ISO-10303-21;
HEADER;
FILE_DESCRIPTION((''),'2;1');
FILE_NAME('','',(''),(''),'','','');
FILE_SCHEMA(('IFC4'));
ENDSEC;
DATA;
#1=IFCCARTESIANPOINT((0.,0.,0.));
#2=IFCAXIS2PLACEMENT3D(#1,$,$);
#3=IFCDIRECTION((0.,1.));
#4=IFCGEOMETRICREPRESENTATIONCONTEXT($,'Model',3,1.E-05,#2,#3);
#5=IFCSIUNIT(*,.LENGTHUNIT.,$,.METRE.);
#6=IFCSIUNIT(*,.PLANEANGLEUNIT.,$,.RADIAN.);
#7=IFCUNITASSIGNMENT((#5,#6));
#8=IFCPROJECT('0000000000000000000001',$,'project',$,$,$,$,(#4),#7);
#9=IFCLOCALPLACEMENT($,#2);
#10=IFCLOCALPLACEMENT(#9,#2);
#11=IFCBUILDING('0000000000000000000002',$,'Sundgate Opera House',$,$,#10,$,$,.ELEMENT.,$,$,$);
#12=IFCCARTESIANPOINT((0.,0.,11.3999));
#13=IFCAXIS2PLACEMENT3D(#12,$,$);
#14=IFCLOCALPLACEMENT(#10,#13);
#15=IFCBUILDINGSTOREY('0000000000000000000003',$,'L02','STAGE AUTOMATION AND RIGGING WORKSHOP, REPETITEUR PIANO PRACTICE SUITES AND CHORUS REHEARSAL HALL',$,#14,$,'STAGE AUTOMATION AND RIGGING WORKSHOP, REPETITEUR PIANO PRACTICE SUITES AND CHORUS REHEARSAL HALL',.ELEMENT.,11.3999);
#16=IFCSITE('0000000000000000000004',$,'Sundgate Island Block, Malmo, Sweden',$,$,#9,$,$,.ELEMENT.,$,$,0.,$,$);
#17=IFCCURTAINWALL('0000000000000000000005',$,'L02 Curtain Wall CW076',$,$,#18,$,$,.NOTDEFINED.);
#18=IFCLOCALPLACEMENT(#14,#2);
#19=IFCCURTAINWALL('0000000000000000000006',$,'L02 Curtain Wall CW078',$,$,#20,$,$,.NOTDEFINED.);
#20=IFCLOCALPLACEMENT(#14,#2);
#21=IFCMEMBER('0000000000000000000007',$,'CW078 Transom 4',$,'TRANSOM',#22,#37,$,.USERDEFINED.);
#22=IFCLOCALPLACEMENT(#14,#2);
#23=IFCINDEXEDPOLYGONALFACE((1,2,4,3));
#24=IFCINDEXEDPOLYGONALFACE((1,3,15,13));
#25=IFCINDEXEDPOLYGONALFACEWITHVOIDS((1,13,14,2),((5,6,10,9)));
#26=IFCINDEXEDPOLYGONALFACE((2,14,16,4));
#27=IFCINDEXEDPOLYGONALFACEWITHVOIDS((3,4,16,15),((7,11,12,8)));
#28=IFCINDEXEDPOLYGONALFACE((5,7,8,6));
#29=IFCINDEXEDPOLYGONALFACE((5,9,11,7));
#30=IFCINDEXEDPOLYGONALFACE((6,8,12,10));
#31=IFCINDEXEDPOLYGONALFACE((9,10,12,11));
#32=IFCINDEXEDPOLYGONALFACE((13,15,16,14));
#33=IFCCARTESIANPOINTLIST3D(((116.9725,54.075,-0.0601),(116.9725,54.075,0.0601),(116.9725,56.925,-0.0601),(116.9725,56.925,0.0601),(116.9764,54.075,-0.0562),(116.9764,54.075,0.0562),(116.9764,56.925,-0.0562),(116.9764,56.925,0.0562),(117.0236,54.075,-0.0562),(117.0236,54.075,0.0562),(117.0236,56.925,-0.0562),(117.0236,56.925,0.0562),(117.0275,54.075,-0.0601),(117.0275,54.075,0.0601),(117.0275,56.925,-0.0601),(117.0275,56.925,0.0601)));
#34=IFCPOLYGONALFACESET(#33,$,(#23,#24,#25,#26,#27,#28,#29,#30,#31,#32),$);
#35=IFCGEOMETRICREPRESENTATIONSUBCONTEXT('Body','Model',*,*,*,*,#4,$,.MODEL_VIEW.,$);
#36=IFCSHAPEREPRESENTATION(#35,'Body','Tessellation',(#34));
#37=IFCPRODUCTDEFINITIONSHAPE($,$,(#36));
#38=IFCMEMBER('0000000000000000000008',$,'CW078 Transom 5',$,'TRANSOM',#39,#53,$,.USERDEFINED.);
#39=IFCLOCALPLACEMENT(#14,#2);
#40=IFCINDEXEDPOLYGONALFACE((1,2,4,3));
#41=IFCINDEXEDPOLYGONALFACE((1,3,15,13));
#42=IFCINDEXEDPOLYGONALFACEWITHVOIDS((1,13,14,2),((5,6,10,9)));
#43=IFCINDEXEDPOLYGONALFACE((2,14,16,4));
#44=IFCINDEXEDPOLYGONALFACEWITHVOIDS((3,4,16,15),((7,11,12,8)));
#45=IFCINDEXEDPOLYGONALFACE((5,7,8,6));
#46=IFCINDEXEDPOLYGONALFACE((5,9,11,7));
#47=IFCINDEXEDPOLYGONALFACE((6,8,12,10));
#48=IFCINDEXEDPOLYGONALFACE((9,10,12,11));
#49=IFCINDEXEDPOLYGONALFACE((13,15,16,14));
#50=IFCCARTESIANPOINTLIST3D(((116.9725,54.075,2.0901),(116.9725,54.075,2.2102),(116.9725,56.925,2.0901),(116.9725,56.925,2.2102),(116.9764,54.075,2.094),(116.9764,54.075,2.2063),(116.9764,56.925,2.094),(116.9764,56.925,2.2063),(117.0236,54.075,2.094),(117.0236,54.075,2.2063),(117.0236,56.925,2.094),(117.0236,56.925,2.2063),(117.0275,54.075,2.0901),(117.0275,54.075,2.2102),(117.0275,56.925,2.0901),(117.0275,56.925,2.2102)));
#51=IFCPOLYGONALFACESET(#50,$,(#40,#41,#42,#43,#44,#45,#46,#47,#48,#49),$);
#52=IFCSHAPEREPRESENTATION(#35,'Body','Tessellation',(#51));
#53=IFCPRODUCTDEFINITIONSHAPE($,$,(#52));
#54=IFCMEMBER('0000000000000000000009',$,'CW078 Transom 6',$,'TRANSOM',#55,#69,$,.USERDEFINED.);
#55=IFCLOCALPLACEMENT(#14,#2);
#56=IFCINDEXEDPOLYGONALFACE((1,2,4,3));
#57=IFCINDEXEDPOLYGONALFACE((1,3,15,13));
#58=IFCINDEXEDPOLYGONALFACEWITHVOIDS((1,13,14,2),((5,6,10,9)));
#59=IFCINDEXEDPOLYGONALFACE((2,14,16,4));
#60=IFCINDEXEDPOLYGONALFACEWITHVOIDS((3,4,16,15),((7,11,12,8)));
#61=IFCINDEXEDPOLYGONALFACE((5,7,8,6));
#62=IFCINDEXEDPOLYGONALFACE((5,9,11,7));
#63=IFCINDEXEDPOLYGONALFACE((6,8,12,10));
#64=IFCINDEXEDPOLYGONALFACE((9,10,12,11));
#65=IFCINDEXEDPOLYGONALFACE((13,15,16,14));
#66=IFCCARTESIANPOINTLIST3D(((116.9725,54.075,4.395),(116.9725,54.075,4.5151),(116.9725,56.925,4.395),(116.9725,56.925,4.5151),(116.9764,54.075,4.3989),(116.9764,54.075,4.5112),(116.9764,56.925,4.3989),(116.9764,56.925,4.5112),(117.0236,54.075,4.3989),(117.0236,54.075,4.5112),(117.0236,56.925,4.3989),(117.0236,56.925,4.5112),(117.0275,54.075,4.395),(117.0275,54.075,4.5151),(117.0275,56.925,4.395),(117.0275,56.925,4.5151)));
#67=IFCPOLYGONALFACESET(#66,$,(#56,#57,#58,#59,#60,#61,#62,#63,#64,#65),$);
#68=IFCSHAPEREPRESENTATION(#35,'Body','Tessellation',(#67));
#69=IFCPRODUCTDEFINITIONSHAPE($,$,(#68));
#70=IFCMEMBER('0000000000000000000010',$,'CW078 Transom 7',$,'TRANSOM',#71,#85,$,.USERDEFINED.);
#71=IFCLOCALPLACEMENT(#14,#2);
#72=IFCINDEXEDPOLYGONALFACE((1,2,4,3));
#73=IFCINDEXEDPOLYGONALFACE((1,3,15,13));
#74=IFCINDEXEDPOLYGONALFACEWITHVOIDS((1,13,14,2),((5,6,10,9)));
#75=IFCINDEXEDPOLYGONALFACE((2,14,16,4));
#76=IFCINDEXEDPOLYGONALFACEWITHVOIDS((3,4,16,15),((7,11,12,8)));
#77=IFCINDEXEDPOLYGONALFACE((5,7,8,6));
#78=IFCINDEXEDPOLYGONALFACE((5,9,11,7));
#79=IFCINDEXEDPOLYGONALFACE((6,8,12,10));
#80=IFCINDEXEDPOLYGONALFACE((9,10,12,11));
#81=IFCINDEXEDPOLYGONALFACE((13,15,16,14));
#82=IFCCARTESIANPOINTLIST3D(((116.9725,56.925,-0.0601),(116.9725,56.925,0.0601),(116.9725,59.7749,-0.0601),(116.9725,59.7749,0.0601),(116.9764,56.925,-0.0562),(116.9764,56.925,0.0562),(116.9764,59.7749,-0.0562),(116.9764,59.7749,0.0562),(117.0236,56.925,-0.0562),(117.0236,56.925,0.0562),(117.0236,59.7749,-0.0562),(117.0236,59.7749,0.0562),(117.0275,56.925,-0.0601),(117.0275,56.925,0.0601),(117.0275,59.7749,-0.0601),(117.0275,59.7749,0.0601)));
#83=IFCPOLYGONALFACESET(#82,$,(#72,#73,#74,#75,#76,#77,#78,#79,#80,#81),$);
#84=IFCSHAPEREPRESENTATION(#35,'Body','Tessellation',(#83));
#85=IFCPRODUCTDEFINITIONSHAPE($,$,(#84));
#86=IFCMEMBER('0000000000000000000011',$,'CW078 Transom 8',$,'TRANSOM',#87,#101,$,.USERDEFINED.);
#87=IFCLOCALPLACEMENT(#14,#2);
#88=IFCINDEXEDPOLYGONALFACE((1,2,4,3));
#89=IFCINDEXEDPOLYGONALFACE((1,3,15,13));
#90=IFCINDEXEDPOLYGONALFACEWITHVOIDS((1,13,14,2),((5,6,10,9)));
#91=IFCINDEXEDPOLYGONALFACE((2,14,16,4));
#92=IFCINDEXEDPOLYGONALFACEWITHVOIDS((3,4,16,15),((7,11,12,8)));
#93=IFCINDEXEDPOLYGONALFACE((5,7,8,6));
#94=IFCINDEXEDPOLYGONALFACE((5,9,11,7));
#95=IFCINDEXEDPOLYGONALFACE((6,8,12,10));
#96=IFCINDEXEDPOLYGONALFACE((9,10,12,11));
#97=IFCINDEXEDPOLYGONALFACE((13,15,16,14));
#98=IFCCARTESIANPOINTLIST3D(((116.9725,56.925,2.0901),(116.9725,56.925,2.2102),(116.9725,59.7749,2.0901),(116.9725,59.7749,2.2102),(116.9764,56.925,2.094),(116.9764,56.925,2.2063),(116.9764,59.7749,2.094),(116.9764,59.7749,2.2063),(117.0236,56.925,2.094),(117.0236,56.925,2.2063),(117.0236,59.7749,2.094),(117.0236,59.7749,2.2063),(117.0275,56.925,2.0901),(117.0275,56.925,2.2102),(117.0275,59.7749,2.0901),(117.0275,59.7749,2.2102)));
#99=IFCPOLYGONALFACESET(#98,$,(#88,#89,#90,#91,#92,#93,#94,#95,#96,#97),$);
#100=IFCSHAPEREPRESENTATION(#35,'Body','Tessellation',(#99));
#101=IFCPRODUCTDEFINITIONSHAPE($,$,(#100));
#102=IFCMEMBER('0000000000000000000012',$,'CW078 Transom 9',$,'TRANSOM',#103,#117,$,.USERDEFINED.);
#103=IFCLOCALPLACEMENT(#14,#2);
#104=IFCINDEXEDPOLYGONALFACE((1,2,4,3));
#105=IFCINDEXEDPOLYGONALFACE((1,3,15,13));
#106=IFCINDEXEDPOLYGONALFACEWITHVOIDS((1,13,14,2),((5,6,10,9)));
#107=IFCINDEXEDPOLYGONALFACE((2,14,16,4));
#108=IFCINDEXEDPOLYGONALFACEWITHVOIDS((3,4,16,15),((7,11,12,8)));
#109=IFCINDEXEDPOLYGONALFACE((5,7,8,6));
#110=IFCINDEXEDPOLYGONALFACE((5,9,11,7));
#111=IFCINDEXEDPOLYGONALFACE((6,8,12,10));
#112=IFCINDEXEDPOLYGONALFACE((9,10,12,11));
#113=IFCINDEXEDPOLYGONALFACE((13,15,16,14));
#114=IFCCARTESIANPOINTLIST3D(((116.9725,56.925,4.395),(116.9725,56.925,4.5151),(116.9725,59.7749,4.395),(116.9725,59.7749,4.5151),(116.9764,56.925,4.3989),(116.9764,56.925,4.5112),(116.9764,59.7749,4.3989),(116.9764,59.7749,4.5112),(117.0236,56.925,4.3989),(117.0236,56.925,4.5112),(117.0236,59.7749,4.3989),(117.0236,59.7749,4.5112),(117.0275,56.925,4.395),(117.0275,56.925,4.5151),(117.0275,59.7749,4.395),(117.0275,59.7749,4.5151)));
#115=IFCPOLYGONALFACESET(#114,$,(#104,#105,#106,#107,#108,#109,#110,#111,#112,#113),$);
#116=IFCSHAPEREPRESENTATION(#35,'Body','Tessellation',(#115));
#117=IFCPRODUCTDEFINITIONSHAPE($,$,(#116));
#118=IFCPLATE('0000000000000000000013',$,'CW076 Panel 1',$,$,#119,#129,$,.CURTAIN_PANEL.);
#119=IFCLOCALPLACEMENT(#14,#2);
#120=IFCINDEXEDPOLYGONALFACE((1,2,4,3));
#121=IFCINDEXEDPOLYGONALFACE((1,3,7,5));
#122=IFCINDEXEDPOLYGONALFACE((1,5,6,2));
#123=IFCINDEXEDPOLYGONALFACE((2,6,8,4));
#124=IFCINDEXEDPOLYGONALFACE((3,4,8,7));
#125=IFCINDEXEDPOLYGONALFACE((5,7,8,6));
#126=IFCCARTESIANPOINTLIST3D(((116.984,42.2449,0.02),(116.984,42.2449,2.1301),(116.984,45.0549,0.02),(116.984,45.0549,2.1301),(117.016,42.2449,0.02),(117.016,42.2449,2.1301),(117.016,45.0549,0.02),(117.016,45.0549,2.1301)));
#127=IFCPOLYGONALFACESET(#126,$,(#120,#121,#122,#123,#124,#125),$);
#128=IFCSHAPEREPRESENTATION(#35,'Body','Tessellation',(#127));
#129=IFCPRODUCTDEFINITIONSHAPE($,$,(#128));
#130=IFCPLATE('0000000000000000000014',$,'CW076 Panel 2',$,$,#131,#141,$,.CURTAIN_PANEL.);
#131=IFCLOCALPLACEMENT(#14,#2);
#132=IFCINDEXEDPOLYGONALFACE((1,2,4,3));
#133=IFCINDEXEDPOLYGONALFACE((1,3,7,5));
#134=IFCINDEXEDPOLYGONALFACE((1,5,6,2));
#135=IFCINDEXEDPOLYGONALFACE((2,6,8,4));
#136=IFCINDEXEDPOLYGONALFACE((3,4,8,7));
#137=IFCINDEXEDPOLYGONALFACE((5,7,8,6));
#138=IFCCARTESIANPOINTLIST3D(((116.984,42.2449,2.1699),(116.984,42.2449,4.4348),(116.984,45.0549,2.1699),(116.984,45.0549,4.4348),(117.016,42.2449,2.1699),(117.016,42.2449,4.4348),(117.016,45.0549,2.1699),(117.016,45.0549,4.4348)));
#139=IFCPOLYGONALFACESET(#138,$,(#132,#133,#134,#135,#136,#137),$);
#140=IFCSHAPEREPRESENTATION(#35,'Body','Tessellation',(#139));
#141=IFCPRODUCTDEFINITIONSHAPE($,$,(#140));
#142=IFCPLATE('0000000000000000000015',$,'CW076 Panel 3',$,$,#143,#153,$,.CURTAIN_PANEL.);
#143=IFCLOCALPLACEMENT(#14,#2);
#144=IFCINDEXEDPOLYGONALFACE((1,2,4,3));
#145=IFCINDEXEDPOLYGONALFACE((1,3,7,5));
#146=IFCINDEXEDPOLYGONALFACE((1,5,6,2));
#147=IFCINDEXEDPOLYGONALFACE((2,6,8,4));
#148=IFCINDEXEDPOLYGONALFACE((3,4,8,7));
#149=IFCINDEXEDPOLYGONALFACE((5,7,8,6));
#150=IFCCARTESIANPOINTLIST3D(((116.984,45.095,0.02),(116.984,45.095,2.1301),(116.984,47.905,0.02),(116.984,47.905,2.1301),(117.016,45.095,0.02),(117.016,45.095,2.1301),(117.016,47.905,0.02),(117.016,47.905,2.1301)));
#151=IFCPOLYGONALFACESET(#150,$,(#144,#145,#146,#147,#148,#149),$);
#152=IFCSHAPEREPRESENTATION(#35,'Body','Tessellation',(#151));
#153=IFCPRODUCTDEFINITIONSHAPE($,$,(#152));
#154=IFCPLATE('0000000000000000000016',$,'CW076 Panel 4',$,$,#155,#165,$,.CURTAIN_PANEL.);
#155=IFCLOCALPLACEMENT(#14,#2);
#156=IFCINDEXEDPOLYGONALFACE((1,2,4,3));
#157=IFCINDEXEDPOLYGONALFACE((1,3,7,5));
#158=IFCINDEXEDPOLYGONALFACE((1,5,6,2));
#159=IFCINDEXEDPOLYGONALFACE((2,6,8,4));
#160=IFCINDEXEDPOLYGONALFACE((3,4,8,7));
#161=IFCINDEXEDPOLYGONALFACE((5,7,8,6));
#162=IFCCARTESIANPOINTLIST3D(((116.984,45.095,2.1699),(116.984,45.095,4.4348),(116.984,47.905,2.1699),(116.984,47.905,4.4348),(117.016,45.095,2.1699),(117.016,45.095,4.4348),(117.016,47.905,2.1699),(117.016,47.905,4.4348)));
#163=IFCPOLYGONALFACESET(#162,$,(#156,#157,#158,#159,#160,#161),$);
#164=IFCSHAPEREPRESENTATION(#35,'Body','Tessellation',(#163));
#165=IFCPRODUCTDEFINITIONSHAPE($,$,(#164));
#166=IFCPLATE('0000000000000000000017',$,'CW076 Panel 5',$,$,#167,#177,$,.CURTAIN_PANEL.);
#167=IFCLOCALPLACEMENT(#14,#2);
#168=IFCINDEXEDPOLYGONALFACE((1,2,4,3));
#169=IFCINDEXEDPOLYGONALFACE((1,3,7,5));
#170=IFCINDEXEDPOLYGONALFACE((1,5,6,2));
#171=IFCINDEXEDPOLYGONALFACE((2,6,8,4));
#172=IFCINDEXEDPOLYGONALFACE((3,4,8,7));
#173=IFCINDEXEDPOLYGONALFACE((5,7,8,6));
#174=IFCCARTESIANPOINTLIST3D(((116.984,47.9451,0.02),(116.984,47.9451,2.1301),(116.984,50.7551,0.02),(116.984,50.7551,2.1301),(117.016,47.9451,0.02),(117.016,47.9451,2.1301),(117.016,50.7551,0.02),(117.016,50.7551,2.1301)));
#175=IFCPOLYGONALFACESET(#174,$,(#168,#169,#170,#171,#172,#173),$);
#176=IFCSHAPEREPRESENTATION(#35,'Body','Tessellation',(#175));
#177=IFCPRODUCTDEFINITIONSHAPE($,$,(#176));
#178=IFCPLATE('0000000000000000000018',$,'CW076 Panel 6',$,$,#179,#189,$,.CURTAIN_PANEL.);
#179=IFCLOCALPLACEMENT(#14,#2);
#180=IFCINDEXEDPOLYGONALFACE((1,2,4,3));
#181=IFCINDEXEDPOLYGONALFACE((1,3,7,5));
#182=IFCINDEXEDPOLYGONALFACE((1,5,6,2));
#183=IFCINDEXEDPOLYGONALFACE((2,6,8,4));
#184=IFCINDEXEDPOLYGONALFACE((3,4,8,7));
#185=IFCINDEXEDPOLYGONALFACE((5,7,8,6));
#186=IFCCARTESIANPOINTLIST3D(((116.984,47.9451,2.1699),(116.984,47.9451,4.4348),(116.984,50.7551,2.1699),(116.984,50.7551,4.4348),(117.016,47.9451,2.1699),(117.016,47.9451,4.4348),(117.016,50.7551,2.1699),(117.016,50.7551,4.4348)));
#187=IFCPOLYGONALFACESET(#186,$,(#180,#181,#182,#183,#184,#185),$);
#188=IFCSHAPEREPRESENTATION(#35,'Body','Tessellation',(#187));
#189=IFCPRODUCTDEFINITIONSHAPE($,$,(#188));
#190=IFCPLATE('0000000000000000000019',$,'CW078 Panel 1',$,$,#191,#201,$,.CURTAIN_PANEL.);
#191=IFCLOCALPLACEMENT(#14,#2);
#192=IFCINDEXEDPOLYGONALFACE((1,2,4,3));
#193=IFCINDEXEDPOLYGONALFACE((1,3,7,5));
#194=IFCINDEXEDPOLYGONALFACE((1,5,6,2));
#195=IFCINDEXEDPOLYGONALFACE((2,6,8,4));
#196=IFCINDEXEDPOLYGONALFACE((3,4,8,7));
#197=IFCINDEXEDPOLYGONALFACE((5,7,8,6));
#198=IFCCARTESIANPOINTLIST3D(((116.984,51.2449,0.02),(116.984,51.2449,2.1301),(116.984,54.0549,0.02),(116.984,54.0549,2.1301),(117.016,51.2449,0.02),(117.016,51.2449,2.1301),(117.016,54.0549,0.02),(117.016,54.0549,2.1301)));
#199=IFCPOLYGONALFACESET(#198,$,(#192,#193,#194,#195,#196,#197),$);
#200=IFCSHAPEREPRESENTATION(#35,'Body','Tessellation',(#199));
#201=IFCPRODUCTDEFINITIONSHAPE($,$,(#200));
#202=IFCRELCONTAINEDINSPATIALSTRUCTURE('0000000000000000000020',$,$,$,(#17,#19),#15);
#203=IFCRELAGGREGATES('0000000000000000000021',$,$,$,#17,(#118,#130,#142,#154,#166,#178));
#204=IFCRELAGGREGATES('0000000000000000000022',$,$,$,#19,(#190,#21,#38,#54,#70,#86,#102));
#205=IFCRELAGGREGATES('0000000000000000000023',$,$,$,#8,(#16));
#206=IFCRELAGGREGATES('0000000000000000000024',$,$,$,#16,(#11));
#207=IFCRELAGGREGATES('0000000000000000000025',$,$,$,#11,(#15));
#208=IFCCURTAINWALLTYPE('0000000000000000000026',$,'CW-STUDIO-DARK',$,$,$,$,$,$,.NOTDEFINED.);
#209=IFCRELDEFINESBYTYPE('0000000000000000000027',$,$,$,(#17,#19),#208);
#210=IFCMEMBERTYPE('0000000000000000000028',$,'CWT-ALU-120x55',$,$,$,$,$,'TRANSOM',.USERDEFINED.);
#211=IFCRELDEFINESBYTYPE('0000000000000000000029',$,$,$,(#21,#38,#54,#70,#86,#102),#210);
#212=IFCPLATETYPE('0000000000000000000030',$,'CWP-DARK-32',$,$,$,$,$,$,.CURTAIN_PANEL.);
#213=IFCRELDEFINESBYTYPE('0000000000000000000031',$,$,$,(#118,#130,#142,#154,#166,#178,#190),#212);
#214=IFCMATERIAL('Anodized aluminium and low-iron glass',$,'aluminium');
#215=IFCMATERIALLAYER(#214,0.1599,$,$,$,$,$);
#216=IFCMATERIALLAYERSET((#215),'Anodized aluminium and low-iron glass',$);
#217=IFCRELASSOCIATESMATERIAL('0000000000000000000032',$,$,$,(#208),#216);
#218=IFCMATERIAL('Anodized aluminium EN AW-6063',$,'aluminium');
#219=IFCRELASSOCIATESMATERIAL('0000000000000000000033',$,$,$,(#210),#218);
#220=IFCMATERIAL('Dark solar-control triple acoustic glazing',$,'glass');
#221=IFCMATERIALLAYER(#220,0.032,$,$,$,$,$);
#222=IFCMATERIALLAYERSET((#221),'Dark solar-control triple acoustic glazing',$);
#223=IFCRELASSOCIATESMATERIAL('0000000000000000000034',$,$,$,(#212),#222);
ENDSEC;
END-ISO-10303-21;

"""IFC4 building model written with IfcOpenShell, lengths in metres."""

from ifc_helpers import new_model, si_unit, direction, frame, origin, origin_2d, place, context, subcontext, project, spatial, rectangle, hollow_rectangle, extrude, material, layer, layer_set, material_profile, profile_set, type_object, element, aggregate, save


model = new_model("IFC4")

# Units and contexts
model_context = context("Model", 3, precision=1e-05, world=origin(), true_north=direction((0.0, 1.0)))
body_context = subcontext(model_context, "Body", "Model", "MODEL_VIEW")
ifc_project = project(units=[si_unit("LENGTHUNIT", "METRE"), si_unit("PLANEANGLEUNIT", "RADIAN")], contexts=[model_context])

# Site, building, storey
site_placement = place(None, origin())
site = spatial("IfcSite", under=ifc_project, at=site_placement, Name="Sundgate Island Block, Malmo, Sweden", CompositionType="ELEMENT", RefElevation=0.0)
building_placement = place(site_placement, origin())
building = spatial("IfcBuilding", under=site, at=building_placement, Name="Sundgate Opera House", CompositionType="ELEMENT")
storey_placement = place(building_placement, frame((0.0, 0.0, 11.3999)))
storey = spatial("IfcBuildingStorey", under=building, at=storey_placement, Name="L02", Description="STAGE AUTOMATION AND RIGGING WORKSHOP, REPETITEUR PIANO PRACTICE SUITES AND CHORUS REHEARSAL HALL", LongName="STAGE AUTOMATION AND RIGGING WORKSHOP, REPETITEUR PIANO PRACTICE SUITES AND CHORUS REHEARSAL HALL", CompositionType="ELEMENT", Elevation=11.3999)

# Curtain walls
ifc_material_1 = material(Name="Anodized aluminium and low-iron glass", Category="aluminium")
ifc_layer_1 = layer(ifc_material_1, 0.1599)
ifc_layer_set_1 = layer_set([ifc_layer_1], Name="Anodized aluminium and low-iron glass")
curtain_wall_type = type_object("IfcCurtainWallType", Name="CW-STUDIO-DARK", PredefinedType="NOTDEFINED", material=ifc_layer_set_1)
curtain_wall_1_placement = place(storey_placement, origin())
curtain_wall_1 = element("IfcCurtainWall", 1, at=curtain_wall_1_placement, inside=storey, type_object=curtain_wall_type, Name="L02 Curtain Wall CW076", PredefinedType="NOTDEFINED")
curtain_wall_2_placement = place(storey_placement, origin())
curtain_wall_2 = element("IfcCurtainWall", 2, at=curtain_wall_2_placement, inside=storey, type_object=curtain_wall_type, Name="L02 Curtain Wall CW078", PredefinedType="NOTDEFINED")

# Members
ifc_material_2 = material(Name="Anodized aluminium EN AW-6063", Category="aluminium")
ifc_material_profile_1 = material_profile(ifc_material_2, hollow_rectangle(XDim=0.0549, YDim=0.1201, WallThickness=0.0039, at=origin_2d()), Name="CWT 120x55x4")
ifc_profile_set_1 = profile_set([ifc_material_profile_1], Name="Anodized aluminium EN AW-6063")
member_type_1 = type_object("IfcMemberType", Name="CWT-ALU-120x55", ElementType="TRANSOM", PredefinedType="USERDEFINED", material=ifc_profile_set_1)
member_1_placement = place(storey_placement, frame((117.0, 54.075, 0.0), z_axis=(0.0, 1.0, 0.0), x_axis=(-1.0, 0.0, 0.0)))
member_1 = element("IfcMember", 3, at=member_1_placement, type_object=member_type_1, Name="CW078 Transom 4", ObjectType="TRANSOM", PredefinedType="USERDEFINED", context=body_context, shape_type="SweptSolid", body=[
    extrude(hollow_rectangle(XDim=0.0549, YDim=0.1201, WallThickness=0.0039, at=origin_2d()), origin(), (0.0, 0.0, 1.0), 2.8501),
])
member_2_placement = place(storey_placement, frame((117.0, 54.075, 2.1501), z_axis=(0.0, 1.0, 0.0), x_axis=(-1.0, 0.0, 0.0)))
member_2 = element("IfcMember", 4, at=member_2_placement, type_object=member_type_1, Name="CW078 Transom 5", ObjectType="TRANSOM", PredefinedType="USERDEFINED", context=body_context, shape_type="SweptSolid", body=[
    extrude(hollow_rectangle(XDim=0.0549, YDim=0.1201, WallThickness=0.0039, at=origin_2d()), origin(), (0.0, 0.0, 1.0), 2.8501),
])
member_3_placement = place(storey_placement, frame((117.0, 54.075, 4.4551), z_axis=(0.0, 1.0, 0.0), x_axis=(-1.0, 0.0, 0.0)))
member_3 = element("IfcMember", 5, at=member_3_placement, type_object=member_type_1, Name="CW078 Transom 6", ObjectType="TRANSOM", PredefinedType="USERDEFINED", context=body_context, shape_type="SweptSolid", body=[
    extrude(hollow_rectangle(XDim=0.0549, YDim=0.1201, WallThickness=0.0039, at=origin_2d()), origin(), (0.0, 0.0, 1.0), 2.8501),
])
member_4_placement = place(storey_placement, frame((117.0, 56.925, 0.0), z_axis=(0.0, 1.0, 0.0), x_axis=(-1.0, 0.0, 0.0)))
member_4 = element("IfcMember", 6, at=member_4_placement, type_object=member_type_1, Name="CW078 Transom 7", ObjectType="TRANSOM", PredefinedType="USERDEFINED", context=body_context, shape_type="SweptSolid", body=[
    extrude(hollow_rectangle(XDim=0.0549, YDim=0.1201, WallThickness=0.0039, at=origin_2d()), origin(), (0.0, 0.0, 1.0), 2.8499),
])
member_5_placement = place(storey_placement, frame((117.0, 56.925, 2.1501), z_axis=(0.0, 1.0, 0.0), x_axis=(-1.0, 0.0, 0.0)))
member_5 = element("IfcMember", 7, at=member_5_placement, type_object=member_type_1, Name="CW078 Transom 8", ObjectType="TRANSOM", PredefinedType="USERDEFINED", context=body_context, shape_type="SweptSolid", body=[
    extrude(hollow_rectangle(XDim=0.0549, YDim=0.1201, WallThickness=0.0039, at=origin_2d()), origin(), (0.0, 0.0, 1.0), 2.8499),
])
member_6_placement = place(storey_placement, frame((117.0, 56.925, 4.4551), z_axis=(0.0, 1.0, 0.0), x_axis=(-1.0, 0.0, 0.0)))
member_6 = element("IfcMember", 8, at=member_6_placement, type_object=member_type_1, Name="CW078 Transom 9", ObjectType="TRANSOM", PredefinedType="USERDEFINED", context=body_context, shape_type="SweptSolid", body=[
    extrude(hollow_rectangle(XDim=0.0549, YDim=0.1201, WallThickness=0.0039, at=origin_2d()), origin(), (0.0, 0.0, 1.0), 2.8499),
])

# Plates
ifc_material_3 = material(Name="Dark solar-control triple acoustic glazing", Category="glass")
ifc_layer_2 = layer(ifc_material_3, 0.032)
ifc_layer_set_2 = layer_set([ifc_layer_2], Name="Dark solar-control triple acoustic glazing")
plate_type_1 = type_object("IfcPlateType", Name="CWP-DARK-32", PredefinedType="CURTAIN_PANEL", material=ifc_layer_set_2)
plate_1_placement = place(storey_placement, frame((117.0, 43.6499, 0.02), z_axis=(0.0, 0.0, 1.0), x_axis=(0.0, 1.0, 0.0)))
plate_1 = element("IfcPlate", 9, at=plate_1_placement, type_object=plate_type_1, Name="CW076 Panel 1", PredefinedType="CURTAIN_PANEL", context=body_context, shape_type="SweptSolid", body=[
    extrude(rectangle(XDim=2.8101, YDim=0.032, at=origin_2d()), origin(), (0.0, 0.0, 1.0), 2.1101),
])
plate_2_placement = place(storey_placement, frame((117.0, 43.6499, 2.1699), z_axis=(0.0, 0.0, 1.0), x_axis=(0.0, 1.0, 0.0)))
plate_2 = element("IfcPlate", 10, at=plate_2_placement, type_object=plate_type_1, Name="CW076 Panel 2", PredefinedType="CURTAIN_PANEL", context=body_context, shape_type="SweptSolid", body=[
    extrude(rectangle(XDim=2.8101, YDim=0.032, at=origin_2d()), origin(), (0.0, 0.0, 1.0), 2.2649),
])
plate_3_placement = place(storey_placement, frame((117.0, 46.5, 0.02), z_axis=(0.0, 0.0, 1.0), x_axis=(0.0, 1.0, 0.0)))
plate_3 = element("IfcPlate", 11, at=plate_3_placement, type_object=plate_type_1, Name="CW076 Panel 3", PredefinedType="CURTAIN_PANEL", context=body_context, shape_type="SweptSolid", body=[
    extrude(rectangle(XDim=2.8101, YDim=0.032, at=origin_2d()), origin(), (0.0, 0.0, 1.0), 2.1101),
])
plate_4_placement = place(storey_placement, frame((117.0, 46.5, 2.1699), z_axis=(0.0, 0.0, 1.0), x_axis=(0.0, 1.0, 0.0)))
plate_4 = element("IfcPlate", 12, at=plate_4_placement, type_object=plate_type_1, Name="CW076 Panel 4", PredefinedType="CURTAIN_PANEL", context=body_context, shape_type="SweptSolid", body=[
    extrude(rectangle(XDim=2.8101, YDim=0.032, at=origin_2d()), origin(), (0.0, 0.0, 1.0), 2.2649),
])
plate_5_placement = place(storey_placement, frame((117.0, 49.3501, 0.02), z_axis=(0.0, 0.0, 1.0), x_axis=(0.0, 1.0, 0.0)))
plate_5 = element("IfcPlate", 13, at=plate_5_placement, type_object=plate_type_1, Name="CW076 Panel 5", PredefinedType="CURTAIN_PANEL", context=body_context, shape_type="SweptSolid", body=[
    extrude(rectangle(XDim=2.8101, YDim=0.032, at=origin_2d()), origin(), (0.0, 0.0, 1.0), 2.1101),
])
plate_6_placement = place(storey_placement, frame((117.0, 49.3501, 2.1699), z_axis=(0.0, 0.0, 1.0), x_axis=(0.0, 1.0, 0.0)))
plate_6 = element("IfcPlate", 14, at=plate_6_placement, type_object=plate_type_1, Name="CW076 Panel 6", PredefinedType="CURTAIN_PANEL", context=body_context, shape_type="SweptSolid", body=[
    extrude(rectangle(XDim=2.8101, YDim=0.032, at=origin_2d()), origin(), (0.0, 0.0, 1.0), 2.2649),
])
aggregate(curtain_wall_1, [plate_1, plate_2, plate_3, plate_4, plate_5, plate_6])
plate_7_placement = place(storey_placement, frame((117.0, 52.6499, 0.02), z_axis=(0.0, 0.0, 1.0), x_axis=(0.0, 1.0, 0.0)))
plate_7 = element("IfcPlate", 15, at=plate_7_placement, type_object=plate_type_1, Name="CW078 Panel 1", PredefinedType="CURTAIN_PANEL", context=body_context, shape_type="SweptSolid", body=[
    extrude(rectangle(XDim=2.8101, YDim=0.032, at=origin_2d()), origin(), (0.0, 0.0, 1.0), 2.1101),
])
aggregate(curtain_wall_2, [plate_7, member_1, member_2, member_3, member_4, member_5, member_6])

save(model, "model.ifc")
